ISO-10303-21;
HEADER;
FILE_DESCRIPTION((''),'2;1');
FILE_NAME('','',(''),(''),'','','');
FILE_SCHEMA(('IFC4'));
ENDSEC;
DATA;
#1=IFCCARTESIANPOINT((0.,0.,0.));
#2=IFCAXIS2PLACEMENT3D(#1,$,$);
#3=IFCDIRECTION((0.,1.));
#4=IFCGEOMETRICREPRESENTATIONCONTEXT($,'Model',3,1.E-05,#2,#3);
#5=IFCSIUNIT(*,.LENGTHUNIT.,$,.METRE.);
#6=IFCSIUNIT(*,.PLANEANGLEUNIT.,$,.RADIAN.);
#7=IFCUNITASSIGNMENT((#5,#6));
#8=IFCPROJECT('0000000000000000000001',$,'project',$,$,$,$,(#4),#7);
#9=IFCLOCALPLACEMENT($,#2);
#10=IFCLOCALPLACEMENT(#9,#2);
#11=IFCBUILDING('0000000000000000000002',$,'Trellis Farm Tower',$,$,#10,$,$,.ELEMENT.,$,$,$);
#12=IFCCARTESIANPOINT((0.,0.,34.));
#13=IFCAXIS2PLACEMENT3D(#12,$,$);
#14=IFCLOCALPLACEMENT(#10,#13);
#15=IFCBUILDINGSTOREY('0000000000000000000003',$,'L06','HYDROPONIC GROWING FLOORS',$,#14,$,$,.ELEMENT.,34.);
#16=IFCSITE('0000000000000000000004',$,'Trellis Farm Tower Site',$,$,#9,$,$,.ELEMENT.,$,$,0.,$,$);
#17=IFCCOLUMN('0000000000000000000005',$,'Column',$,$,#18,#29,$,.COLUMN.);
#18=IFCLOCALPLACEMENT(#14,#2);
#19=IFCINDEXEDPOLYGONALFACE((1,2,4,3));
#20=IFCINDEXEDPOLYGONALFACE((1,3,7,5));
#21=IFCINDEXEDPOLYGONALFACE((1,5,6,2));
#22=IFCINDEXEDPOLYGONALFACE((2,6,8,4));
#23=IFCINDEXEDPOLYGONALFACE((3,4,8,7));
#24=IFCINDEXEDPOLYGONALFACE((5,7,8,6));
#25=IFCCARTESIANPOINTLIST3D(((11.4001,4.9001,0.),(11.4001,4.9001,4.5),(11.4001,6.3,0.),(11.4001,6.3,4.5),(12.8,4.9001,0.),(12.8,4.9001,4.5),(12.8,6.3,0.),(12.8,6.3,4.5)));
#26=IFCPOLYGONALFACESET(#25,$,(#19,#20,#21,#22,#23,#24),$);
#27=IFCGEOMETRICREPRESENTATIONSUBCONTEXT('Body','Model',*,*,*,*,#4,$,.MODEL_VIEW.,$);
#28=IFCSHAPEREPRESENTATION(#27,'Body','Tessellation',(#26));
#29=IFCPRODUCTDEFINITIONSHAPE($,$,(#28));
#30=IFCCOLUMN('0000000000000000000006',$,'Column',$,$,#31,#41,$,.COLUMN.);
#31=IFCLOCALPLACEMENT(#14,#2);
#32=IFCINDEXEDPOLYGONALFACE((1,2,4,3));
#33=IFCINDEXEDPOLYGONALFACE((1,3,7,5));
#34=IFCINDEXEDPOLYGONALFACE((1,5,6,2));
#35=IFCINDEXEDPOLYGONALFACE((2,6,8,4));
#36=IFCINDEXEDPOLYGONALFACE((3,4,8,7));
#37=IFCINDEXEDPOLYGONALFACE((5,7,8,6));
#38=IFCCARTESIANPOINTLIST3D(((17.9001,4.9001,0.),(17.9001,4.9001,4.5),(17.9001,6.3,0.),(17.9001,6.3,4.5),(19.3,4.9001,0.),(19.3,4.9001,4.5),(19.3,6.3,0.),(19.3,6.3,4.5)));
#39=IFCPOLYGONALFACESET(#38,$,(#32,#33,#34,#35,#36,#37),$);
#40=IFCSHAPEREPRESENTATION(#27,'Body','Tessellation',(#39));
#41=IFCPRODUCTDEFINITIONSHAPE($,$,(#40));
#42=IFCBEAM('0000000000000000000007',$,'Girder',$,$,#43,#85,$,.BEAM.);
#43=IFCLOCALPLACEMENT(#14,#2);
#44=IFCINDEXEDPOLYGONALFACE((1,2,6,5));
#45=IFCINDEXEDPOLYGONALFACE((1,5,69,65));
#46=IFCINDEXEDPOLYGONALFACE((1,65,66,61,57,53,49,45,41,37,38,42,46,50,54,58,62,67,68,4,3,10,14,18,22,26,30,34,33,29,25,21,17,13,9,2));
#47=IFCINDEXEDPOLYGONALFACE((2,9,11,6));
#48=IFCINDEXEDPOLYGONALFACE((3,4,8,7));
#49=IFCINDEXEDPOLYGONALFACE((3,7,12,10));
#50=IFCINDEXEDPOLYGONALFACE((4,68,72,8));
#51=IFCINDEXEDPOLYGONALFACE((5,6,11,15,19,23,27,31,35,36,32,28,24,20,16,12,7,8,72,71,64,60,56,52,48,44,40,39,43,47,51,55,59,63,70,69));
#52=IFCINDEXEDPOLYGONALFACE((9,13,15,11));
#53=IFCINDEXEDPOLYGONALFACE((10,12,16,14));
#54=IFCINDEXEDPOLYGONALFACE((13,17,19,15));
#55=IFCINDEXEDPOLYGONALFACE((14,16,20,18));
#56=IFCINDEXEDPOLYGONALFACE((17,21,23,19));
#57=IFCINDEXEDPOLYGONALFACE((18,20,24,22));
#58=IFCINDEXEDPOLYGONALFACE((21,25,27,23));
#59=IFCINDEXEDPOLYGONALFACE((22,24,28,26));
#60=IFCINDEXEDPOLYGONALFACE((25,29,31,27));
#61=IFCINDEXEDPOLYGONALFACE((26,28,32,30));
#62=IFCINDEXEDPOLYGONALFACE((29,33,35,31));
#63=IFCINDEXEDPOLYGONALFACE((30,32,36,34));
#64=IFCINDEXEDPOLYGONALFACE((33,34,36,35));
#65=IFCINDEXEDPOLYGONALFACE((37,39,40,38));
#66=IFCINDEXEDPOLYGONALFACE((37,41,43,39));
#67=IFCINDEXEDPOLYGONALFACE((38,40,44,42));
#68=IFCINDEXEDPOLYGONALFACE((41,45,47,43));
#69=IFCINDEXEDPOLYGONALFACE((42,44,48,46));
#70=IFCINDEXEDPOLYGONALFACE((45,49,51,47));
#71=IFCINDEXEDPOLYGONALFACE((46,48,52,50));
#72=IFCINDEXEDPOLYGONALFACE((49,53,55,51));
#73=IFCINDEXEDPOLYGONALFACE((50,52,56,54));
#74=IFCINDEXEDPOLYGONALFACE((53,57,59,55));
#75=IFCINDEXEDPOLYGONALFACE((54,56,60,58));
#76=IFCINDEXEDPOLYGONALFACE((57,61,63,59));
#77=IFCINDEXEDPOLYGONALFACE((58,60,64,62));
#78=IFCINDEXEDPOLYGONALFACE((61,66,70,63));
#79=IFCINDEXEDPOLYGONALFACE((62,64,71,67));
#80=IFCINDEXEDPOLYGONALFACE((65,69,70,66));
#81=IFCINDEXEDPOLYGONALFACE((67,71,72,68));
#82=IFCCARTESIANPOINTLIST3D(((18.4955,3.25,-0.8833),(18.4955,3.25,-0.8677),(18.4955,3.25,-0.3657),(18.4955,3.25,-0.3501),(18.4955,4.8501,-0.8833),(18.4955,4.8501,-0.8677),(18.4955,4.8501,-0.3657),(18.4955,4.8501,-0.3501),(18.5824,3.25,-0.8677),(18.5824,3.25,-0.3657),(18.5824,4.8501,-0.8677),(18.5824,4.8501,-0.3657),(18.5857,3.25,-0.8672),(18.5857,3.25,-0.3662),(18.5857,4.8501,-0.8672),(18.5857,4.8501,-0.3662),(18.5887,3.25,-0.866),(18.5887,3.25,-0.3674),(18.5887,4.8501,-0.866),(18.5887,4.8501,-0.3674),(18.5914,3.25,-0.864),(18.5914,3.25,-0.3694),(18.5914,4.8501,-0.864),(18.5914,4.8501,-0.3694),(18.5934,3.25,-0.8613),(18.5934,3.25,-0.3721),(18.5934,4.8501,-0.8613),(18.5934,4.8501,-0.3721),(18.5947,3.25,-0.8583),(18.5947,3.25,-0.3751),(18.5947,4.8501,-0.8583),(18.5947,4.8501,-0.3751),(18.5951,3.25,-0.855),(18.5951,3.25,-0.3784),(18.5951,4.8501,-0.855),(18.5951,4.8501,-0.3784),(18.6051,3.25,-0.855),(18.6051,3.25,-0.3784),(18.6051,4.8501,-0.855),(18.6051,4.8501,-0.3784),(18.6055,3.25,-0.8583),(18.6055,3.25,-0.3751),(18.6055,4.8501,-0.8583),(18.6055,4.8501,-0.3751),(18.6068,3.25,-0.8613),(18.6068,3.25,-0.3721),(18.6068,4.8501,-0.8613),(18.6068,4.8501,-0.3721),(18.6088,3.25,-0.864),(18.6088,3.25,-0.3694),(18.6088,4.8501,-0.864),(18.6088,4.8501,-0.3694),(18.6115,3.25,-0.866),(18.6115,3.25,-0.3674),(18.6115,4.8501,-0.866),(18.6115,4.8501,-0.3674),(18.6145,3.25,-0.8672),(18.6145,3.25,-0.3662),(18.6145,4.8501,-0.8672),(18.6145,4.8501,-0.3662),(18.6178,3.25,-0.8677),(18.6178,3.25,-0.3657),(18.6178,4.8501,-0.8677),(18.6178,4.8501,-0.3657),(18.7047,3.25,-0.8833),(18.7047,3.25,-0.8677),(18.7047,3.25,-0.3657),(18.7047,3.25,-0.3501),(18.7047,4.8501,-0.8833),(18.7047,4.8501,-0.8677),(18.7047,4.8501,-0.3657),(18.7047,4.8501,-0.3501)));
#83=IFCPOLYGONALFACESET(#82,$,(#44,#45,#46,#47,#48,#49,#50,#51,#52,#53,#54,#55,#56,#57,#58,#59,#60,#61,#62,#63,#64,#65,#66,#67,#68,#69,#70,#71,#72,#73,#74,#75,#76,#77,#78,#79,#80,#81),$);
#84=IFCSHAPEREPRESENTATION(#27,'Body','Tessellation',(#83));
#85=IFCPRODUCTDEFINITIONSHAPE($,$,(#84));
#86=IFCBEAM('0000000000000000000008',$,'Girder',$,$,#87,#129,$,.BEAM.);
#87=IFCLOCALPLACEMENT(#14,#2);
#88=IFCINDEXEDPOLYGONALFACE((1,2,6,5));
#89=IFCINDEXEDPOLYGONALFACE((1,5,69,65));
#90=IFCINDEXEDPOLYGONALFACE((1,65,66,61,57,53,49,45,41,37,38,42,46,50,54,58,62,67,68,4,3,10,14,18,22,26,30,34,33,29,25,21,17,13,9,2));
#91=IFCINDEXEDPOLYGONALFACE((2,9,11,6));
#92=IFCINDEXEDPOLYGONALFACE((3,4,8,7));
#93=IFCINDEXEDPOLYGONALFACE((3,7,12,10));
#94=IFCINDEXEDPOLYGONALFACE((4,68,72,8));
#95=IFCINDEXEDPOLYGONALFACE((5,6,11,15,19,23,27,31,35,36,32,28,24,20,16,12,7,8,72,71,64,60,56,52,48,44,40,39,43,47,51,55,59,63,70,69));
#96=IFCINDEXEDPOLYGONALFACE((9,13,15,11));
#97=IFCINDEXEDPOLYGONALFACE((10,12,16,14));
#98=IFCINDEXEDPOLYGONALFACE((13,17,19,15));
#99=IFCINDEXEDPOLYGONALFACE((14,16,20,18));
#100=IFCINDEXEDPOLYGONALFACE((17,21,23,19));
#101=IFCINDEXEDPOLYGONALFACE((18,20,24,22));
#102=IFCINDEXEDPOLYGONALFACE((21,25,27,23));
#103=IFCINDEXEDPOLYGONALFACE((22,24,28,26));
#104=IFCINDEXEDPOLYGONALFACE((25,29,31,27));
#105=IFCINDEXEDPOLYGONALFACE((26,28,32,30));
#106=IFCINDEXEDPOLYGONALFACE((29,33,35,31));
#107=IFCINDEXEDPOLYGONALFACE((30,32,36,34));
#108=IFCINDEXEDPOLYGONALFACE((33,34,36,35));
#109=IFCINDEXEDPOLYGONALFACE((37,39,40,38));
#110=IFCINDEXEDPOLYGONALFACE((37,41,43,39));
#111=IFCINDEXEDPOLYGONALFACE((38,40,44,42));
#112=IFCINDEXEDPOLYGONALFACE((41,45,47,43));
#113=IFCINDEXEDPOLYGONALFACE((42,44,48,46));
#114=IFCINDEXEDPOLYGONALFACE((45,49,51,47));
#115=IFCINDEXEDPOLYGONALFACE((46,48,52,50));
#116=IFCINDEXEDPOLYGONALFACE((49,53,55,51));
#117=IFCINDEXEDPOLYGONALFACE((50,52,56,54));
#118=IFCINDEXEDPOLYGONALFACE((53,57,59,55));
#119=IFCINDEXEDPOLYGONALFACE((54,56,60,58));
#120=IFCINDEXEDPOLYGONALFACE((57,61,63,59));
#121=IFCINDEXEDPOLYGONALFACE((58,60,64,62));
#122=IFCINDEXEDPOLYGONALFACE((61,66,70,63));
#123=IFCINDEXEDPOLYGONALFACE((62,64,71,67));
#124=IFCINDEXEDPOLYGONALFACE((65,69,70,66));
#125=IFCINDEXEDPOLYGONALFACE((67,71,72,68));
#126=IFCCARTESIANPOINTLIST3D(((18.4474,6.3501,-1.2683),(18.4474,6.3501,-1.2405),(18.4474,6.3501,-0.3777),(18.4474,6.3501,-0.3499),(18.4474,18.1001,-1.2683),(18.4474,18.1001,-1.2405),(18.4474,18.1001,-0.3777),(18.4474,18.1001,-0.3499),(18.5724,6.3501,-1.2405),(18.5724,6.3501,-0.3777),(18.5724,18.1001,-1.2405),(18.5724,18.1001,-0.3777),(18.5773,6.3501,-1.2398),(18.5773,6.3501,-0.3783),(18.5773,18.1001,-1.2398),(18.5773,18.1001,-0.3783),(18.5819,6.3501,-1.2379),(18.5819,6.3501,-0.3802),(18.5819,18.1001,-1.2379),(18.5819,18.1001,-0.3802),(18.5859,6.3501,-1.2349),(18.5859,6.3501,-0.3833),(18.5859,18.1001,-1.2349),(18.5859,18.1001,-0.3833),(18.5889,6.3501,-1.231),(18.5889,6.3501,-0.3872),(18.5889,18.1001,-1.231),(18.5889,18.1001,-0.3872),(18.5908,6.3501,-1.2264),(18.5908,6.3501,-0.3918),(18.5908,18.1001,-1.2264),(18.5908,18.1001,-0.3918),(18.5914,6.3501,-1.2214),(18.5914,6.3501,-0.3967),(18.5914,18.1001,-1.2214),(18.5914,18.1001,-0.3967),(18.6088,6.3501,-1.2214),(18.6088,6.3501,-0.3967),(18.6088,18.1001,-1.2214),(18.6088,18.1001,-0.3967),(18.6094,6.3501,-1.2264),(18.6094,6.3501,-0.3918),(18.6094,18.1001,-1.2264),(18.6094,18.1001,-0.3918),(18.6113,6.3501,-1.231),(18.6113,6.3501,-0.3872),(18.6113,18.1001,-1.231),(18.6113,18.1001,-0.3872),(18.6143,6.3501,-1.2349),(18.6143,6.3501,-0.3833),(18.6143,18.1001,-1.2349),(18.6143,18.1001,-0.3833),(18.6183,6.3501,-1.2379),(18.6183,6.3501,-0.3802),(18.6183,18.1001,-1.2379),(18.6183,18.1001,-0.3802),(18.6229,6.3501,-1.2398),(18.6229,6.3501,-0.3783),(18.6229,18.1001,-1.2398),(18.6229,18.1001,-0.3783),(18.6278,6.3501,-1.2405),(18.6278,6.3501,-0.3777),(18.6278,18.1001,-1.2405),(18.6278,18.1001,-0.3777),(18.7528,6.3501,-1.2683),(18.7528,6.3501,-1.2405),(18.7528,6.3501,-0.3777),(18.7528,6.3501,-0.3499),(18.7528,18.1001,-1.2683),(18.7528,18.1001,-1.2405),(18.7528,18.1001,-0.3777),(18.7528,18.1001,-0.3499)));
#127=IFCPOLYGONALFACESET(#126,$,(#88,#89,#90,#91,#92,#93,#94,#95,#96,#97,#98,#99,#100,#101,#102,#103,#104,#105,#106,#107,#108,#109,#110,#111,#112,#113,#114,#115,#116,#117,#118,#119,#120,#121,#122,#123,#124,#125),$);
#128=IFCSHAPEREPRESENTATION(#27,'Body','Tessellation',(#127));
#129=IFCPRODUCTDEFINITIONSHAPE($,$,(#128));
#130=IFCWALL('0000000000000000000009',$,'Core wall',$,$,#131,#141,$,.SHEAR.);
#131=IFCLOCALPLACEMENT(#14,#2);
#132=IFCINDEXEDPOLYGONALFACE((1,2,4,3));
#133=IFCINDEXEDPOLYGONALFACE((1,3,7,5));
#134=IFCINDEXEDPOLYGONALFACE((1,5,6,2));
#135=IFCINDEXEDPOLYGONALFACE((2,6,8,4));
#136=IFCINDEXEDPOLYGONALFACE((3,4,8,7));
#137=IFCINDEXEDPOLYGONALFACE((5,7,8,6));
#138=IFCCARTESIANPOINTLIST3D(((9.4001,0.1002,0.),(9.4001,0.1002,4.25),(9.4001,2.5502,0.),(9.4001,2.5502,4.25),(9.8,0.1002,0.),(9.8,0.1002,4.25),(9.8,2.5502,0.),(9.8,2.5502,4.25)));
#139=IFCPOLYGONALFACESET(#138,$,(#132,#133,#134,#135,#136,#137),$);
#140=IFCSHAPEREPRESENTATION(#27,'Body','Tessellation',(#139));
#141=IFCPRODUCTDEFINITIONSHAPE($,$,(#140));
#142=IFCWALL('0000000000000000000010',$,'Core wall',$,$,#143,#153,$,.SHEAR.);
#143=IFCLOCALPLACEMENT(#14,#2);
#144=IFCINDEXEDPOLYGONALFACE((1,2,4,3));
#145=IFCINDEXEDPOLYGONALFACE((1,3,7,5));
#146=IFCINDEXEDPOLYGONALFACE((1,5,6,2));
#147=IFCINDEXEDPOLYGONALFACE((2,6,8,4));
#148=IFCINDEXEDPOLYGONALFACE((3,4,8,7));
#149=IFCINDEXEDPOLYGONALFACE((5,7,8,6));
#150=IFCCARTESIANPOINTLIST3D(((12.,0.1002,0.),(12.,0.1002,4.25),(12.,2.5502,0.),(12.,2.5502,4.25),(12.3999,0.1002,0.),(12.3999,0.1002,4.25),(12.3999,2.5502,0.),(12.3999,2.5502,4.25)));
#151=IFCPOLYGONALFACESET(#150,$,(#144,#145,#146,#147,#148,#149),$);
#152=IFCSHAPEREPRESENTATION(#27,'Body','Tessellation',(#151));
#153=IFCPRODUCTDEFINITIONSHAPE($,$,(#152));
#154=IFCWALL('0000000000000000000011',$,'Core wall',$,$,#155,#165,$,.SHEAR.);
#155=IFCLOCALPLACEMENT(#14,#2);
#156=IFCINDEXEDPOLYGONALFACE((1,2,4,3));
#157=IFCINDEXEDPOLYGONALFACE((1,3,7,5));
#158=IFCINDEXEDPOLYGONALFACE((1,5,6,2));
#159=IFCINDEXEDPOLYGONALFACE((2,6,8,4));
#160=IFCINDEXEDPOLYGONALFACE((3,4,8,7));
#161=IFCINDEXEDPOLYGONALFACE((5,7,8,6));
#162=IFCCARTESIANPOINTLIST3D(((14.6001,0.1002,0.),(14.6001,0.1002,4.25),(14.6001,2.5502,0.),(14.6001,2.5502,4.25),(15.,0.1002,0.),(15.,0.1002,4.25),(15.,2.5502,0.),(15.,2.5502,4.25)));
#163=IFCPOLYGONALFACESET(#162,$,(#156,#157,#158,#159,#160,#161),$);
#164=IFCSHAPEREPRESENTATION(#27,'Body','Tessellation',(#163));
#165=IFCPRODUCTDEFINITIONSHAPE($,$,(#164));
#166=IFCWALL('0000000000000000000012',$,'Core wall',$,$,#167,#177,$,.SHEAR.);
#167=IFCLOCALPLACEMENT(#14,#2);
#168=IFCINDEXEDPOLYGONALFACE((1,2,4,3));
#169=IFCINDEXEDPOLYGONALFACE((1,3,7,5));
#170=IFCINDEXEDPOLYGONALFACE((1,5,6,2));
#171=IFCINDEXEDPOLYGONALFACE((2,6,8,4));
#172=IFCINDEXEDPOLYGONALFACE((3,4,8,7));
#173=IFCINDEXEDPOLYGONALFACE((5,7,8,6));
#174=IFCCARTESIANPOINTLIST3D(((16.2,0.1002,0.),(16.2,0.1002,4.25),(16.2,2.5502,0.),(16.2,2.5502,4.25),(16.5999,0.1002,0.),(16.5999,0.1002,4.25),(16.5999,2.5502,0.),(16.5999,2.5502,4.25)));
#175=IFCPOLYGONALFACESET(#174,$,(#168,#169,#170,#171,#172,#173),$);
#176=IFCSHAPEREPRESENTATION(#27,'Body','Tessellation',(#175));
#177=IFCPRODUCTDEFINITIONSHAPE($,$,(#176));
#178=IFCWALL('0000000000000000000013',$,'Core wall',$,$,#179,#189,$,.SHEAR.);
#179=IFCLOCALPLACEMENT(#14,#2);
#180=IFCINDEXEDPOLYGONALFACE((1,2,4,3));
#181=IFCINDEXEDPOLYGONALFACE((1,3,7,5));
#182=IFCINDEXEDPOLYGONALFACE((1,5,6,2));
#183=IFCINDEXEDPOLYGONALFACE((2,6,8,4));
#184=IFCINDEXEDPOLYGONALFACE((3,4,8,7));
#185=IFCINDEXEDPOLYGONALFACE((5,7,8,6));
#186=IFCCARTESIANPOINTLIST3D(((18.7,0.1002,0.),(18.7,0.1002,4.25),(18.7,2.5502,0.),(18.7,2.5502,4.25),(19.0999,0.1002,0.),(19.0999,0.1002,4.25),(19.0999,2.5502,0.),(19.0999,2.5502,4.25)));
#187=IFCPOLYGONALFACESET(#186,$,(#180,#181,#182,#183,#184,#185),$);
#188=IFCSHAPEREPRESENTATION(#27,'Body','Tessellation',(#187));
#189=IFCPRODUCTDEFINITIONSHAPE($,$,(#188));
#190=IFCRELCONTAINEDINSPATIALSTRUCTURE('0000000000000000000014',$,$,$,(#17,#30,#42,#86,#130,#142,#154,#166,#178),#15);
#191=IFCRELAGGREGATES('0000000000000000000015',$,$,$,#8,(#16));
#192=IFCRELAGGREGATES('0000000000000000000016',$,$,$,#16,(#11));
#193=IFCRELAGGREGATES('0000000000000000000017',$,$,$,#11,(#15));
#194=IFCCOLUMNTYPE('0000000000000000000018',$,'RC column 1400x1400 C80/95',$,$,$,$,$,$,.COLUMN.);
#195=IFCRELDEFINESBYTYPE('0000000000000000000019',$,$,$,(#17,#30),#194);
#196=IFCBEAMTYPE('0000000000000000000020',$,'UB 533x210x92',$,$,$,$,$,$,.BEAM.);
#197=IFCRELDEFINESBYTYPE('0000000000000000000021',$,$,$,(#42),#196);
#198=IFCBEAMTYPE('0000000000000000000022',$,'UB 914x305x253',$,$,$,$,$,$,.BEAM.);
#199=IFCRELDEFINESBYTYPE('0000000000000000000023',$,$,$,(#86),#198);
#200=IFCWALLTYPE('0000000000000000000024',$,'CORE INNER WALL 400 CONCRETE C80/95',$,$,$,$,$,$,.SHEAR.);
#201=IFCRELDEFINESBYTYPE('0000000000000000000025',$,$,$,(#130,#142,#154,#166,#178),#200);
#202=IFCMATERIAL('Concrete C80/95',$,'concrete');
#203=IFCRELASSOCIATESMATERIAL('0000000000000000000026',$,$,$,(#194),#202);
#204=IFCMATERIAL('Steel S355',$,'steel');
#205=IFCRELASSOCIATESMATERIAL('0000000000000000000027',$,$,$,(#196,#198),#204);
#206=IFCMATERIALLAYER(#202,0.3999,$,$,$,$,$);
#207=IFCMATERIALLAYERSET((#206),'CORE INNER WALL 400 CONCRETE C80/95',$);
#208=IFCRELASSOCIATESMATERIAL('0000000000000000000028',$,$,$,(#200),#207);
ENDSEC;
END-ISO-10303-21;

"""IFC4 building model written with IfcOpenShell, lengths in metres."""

from ifc_helpers import new_model, si_unit, direction, frame, frame_2d, origin, origin_2d, place, context, subcontext, project, spatial, rectangle, i_section, extrude, source, transform, mapped, material, layer, layer_set, material_profile, profile_set, type_object, element, save


model = new_model("IFC4")

# Units and contexts
model_context = context("Model", 3, precision=1e-05, world=origin(), true_north=direction((0.0, 1.0)))
body_context = subcontext(model_context, "Body", "Model", "MODEL_VIEW")
ifc_project = project(units=[si_unit("LENGTHUNIT", "METRE"), si_unit("PLANEANGLEUNIT", "RADIAN")], contexts=[model_context])

# Site, building, storey
site_placement = place(None, origin())
site = spatial("IfcSite", under=ifc_project, at=site_placement, Name="Trellis Farm Tower Site", CompositionType="ELEMENT", RefElevation=0.0)
building_placement = place(site_placement, origin())
building = spatial("IfcBuilding", under=site, at=building_placement, Name="Trellis Farm Tower", CompositionType="ELEMENT")
storey_placement = place(building_placement, frame((0.0, 0.0, 34.0)))
storey = spatial("IfcBuildingStorey", under=building, at=storey_placement, Name="L06", Description="HYDROPONIC GROWING FLOORS", CompositionType="ELEMENT", Elevation=34.0)

# Columns
ifc_material_1 = material(Name="Concrete C80/95", Category="concrete")
ifc_material_profile_1 = material_profile(ifc_material_1, rectangle(XDim=1.3999, YDim=1.3999, at=origin_2d()), Name="RC column 1400x1400 C80/95")
ifc_profile_set_1 = profile_set([ifc_material_profile_1], Name="Concrete C80/95")
column_type = type_object("IfcColumnType", Name="RC column 1400x1400 C80/95", PredefinedType="COLUMN", material=ifc_profile_set_1)
shared_shape_1 = source(origin(), body_context, "Body", "SweptSolid", [
    extrude(rectangle(XDim=1.3999, YDim=1.3999, at=origin_2d()), origin(), (0.0, 0.0, 1.0), 4.5),
])
for number, where, z_axis, x_axis, name in (
    (1, (12.1001, 5.6001, 0.0), (0.0, 0.0, 1.0), (1.0, 0.0, 0.0), "Column"),
    (2, (18.6001, 5.6001, 0.0), (0.0, 0.0, 1.0), (1.0, 0.0, 0.0), "Column"),
):
    element("IfcColumn", number, at=place(storey_placement, frame(where, z_axis=z_axis, x_axis=x_axis)), inside=storey, type_object=column_type, Name=name, PredefinedType="COLUMN", context=body_context, shape_type="MappedRepresentation", body=[
        mapped(shared_shape_1, transform((0.0, 0.0, 0.0))),
    ])

# Beams
ifc_material_2 = material(Name="Steel S355", Category="steel")
ifc_material_profile_2 = material_profile(ifc_material_2, i_section(OverallWidth=0.2092, OverallDepth=0.5332, WebThickness=0.01, FlangeThickness=0.0156, FilletRadius=0.0127, at=origin_2d()), Name="UB 533x210x92")
ifc_profile_set_2 = profile_set([ifc_material_profile_2], Name="Steel S355")
beam_type_1 = type_object("IfcBeamType", Name="UB 533x210x92", PredefinedType="BEAM", material=ifc_profile_set_2)
shared_shape_2 = source(origin(), body_context, "Body", "SweptSolid", [
    extrude(i_section(OverallWidth=0.2092, OverallDepth=0.5332, WebThickness=0.01, FlangeThickness=0.0156, FilletRadius=0.0127, at=origin_2d()), origin(), (0.0, 0.0, 1.0), 1.6001),
])
beam_1_placement = place(storey_placement, frame((18.6001, 3.25, -0.6167), z_axis=(0.0, 1.0, 0.0), x_axis=(-1.0, 0.0, 0.0)))
element("IfcBeam", 3, at=beam_1_placement, inside=storey, type_object=beam_type_1, Name="Girder", PredefinedType="BEAM", context=body_context, shape_type="MappedRepresentation", body=[
    mapped(shared_shape_2, transform((0.0, 0.0, 0.0))),
])
ifc_material_profile_3 = material_profile(ifc_material_2, i_section(OverallWidth=0.3054, OverallDepth=0.9185, WebThickness=0.0173, FlangeThickness=0.0278, FilletRadius=0.019, at=origin_2d()), Name="UB 914x305x253")
ifc_profile_set_3 = profile_set([ifc_material_profile_3], Name="Steel S355")
beam_type_2 = type_object("IfcBeamType", Name="UB 914x305x253", PredefinedType="BEAM", material=ifc_profile_set_3)
shared_shape_3 = source(origin(), body_context, "Body", "SweptSolid", [
    extrude(i_section(OverallWidth=0.3054, OverallDepth=0.9185, WebThickness=0.0173, FlangeThickness=0.0278, FilletRadius=0.019, at=origin_2d()), origin(), (0.0, 0.0, 1.0), 11.75),
])
beam_2_placement = place(storey_placement, frame((18.6001, 6.3501, -0.8091), z_axis=(0.0, 1.0, 0.0), x_axis=(-1.0, 0.0, 0.0)))
element("IfcBeam", 4, at=beam_2_placement, inside=storey, type_object=beam_type_2, Name="Girder", PredefinedType="BEAM", context=body_context, shape_type="MappedRepresentation", body=[
    mapped(shared_shape_3, transform((0.0, 0.0, 0.0))),
])

# Walls
ifc_layer_1 = layer(ifc_material_1, 0.3999)
ifc_layer_set_1 = layer_set([ifc_layer_1], Name="CORE INNER WALL 400 CONCRETE C80/95")
wall_type_1 = type_object("IfcWallType", Name="CORE INNER WALL 400 CONCRETE C80/95", PredefinedType="SHEAR", material=ifc_layer_set_1)
shared_shape_4 = source(origin(), body_context, "Body", "SweptSolid", [
    extrude(rectangle(XDim=2.45, YDim=0.3999, at=frame_2d((1.2251, 0.0))), origin(), (0.0, 0.0, 1.0), 4.25),
])
for number, where, z_axis, x_axis, name in (
    (5, (9.6001, 0.1001, 0.0), (0.0, 0.0, 1.0), (0.0, 1.0, 0.0), "Core wall"),
    (6, (12.2, 0.1001, 0.0), (0.0, 0.0, 1.0), (0.0, 1.0, 0.0), "Core wall"),
    (7, (14.8, 0.1001, 0.0), (0.0, 0.0, 1.0), (0.0, 1.0, 0.0), "Core wall"),
    (8, (16.3999, 0.1001, 0.0), (0.0, 0.0, 1.0), (0.0, 1.0, 0.0), "Core wall"),
    (9, (18.8999, 0.1001, 0.0), (0.0, 0.0, 1.0), (0.0, 1.0, 0.0), "Core wall"),
):
    element("IfcWall", number, at=place(storey_placement, frame(where, z_axis=z_axis, x_axis=x_axis)), inside=storey, type_object=wall_type_1, Name=name, PredefinedType="SHEAR", context=body_context, shape_type="MappedRepresentation", body=[
        mapped(shared_shape_4, transform((0.0, 0.0, 0.0))),
    ])

save(model, "model.ifc")
